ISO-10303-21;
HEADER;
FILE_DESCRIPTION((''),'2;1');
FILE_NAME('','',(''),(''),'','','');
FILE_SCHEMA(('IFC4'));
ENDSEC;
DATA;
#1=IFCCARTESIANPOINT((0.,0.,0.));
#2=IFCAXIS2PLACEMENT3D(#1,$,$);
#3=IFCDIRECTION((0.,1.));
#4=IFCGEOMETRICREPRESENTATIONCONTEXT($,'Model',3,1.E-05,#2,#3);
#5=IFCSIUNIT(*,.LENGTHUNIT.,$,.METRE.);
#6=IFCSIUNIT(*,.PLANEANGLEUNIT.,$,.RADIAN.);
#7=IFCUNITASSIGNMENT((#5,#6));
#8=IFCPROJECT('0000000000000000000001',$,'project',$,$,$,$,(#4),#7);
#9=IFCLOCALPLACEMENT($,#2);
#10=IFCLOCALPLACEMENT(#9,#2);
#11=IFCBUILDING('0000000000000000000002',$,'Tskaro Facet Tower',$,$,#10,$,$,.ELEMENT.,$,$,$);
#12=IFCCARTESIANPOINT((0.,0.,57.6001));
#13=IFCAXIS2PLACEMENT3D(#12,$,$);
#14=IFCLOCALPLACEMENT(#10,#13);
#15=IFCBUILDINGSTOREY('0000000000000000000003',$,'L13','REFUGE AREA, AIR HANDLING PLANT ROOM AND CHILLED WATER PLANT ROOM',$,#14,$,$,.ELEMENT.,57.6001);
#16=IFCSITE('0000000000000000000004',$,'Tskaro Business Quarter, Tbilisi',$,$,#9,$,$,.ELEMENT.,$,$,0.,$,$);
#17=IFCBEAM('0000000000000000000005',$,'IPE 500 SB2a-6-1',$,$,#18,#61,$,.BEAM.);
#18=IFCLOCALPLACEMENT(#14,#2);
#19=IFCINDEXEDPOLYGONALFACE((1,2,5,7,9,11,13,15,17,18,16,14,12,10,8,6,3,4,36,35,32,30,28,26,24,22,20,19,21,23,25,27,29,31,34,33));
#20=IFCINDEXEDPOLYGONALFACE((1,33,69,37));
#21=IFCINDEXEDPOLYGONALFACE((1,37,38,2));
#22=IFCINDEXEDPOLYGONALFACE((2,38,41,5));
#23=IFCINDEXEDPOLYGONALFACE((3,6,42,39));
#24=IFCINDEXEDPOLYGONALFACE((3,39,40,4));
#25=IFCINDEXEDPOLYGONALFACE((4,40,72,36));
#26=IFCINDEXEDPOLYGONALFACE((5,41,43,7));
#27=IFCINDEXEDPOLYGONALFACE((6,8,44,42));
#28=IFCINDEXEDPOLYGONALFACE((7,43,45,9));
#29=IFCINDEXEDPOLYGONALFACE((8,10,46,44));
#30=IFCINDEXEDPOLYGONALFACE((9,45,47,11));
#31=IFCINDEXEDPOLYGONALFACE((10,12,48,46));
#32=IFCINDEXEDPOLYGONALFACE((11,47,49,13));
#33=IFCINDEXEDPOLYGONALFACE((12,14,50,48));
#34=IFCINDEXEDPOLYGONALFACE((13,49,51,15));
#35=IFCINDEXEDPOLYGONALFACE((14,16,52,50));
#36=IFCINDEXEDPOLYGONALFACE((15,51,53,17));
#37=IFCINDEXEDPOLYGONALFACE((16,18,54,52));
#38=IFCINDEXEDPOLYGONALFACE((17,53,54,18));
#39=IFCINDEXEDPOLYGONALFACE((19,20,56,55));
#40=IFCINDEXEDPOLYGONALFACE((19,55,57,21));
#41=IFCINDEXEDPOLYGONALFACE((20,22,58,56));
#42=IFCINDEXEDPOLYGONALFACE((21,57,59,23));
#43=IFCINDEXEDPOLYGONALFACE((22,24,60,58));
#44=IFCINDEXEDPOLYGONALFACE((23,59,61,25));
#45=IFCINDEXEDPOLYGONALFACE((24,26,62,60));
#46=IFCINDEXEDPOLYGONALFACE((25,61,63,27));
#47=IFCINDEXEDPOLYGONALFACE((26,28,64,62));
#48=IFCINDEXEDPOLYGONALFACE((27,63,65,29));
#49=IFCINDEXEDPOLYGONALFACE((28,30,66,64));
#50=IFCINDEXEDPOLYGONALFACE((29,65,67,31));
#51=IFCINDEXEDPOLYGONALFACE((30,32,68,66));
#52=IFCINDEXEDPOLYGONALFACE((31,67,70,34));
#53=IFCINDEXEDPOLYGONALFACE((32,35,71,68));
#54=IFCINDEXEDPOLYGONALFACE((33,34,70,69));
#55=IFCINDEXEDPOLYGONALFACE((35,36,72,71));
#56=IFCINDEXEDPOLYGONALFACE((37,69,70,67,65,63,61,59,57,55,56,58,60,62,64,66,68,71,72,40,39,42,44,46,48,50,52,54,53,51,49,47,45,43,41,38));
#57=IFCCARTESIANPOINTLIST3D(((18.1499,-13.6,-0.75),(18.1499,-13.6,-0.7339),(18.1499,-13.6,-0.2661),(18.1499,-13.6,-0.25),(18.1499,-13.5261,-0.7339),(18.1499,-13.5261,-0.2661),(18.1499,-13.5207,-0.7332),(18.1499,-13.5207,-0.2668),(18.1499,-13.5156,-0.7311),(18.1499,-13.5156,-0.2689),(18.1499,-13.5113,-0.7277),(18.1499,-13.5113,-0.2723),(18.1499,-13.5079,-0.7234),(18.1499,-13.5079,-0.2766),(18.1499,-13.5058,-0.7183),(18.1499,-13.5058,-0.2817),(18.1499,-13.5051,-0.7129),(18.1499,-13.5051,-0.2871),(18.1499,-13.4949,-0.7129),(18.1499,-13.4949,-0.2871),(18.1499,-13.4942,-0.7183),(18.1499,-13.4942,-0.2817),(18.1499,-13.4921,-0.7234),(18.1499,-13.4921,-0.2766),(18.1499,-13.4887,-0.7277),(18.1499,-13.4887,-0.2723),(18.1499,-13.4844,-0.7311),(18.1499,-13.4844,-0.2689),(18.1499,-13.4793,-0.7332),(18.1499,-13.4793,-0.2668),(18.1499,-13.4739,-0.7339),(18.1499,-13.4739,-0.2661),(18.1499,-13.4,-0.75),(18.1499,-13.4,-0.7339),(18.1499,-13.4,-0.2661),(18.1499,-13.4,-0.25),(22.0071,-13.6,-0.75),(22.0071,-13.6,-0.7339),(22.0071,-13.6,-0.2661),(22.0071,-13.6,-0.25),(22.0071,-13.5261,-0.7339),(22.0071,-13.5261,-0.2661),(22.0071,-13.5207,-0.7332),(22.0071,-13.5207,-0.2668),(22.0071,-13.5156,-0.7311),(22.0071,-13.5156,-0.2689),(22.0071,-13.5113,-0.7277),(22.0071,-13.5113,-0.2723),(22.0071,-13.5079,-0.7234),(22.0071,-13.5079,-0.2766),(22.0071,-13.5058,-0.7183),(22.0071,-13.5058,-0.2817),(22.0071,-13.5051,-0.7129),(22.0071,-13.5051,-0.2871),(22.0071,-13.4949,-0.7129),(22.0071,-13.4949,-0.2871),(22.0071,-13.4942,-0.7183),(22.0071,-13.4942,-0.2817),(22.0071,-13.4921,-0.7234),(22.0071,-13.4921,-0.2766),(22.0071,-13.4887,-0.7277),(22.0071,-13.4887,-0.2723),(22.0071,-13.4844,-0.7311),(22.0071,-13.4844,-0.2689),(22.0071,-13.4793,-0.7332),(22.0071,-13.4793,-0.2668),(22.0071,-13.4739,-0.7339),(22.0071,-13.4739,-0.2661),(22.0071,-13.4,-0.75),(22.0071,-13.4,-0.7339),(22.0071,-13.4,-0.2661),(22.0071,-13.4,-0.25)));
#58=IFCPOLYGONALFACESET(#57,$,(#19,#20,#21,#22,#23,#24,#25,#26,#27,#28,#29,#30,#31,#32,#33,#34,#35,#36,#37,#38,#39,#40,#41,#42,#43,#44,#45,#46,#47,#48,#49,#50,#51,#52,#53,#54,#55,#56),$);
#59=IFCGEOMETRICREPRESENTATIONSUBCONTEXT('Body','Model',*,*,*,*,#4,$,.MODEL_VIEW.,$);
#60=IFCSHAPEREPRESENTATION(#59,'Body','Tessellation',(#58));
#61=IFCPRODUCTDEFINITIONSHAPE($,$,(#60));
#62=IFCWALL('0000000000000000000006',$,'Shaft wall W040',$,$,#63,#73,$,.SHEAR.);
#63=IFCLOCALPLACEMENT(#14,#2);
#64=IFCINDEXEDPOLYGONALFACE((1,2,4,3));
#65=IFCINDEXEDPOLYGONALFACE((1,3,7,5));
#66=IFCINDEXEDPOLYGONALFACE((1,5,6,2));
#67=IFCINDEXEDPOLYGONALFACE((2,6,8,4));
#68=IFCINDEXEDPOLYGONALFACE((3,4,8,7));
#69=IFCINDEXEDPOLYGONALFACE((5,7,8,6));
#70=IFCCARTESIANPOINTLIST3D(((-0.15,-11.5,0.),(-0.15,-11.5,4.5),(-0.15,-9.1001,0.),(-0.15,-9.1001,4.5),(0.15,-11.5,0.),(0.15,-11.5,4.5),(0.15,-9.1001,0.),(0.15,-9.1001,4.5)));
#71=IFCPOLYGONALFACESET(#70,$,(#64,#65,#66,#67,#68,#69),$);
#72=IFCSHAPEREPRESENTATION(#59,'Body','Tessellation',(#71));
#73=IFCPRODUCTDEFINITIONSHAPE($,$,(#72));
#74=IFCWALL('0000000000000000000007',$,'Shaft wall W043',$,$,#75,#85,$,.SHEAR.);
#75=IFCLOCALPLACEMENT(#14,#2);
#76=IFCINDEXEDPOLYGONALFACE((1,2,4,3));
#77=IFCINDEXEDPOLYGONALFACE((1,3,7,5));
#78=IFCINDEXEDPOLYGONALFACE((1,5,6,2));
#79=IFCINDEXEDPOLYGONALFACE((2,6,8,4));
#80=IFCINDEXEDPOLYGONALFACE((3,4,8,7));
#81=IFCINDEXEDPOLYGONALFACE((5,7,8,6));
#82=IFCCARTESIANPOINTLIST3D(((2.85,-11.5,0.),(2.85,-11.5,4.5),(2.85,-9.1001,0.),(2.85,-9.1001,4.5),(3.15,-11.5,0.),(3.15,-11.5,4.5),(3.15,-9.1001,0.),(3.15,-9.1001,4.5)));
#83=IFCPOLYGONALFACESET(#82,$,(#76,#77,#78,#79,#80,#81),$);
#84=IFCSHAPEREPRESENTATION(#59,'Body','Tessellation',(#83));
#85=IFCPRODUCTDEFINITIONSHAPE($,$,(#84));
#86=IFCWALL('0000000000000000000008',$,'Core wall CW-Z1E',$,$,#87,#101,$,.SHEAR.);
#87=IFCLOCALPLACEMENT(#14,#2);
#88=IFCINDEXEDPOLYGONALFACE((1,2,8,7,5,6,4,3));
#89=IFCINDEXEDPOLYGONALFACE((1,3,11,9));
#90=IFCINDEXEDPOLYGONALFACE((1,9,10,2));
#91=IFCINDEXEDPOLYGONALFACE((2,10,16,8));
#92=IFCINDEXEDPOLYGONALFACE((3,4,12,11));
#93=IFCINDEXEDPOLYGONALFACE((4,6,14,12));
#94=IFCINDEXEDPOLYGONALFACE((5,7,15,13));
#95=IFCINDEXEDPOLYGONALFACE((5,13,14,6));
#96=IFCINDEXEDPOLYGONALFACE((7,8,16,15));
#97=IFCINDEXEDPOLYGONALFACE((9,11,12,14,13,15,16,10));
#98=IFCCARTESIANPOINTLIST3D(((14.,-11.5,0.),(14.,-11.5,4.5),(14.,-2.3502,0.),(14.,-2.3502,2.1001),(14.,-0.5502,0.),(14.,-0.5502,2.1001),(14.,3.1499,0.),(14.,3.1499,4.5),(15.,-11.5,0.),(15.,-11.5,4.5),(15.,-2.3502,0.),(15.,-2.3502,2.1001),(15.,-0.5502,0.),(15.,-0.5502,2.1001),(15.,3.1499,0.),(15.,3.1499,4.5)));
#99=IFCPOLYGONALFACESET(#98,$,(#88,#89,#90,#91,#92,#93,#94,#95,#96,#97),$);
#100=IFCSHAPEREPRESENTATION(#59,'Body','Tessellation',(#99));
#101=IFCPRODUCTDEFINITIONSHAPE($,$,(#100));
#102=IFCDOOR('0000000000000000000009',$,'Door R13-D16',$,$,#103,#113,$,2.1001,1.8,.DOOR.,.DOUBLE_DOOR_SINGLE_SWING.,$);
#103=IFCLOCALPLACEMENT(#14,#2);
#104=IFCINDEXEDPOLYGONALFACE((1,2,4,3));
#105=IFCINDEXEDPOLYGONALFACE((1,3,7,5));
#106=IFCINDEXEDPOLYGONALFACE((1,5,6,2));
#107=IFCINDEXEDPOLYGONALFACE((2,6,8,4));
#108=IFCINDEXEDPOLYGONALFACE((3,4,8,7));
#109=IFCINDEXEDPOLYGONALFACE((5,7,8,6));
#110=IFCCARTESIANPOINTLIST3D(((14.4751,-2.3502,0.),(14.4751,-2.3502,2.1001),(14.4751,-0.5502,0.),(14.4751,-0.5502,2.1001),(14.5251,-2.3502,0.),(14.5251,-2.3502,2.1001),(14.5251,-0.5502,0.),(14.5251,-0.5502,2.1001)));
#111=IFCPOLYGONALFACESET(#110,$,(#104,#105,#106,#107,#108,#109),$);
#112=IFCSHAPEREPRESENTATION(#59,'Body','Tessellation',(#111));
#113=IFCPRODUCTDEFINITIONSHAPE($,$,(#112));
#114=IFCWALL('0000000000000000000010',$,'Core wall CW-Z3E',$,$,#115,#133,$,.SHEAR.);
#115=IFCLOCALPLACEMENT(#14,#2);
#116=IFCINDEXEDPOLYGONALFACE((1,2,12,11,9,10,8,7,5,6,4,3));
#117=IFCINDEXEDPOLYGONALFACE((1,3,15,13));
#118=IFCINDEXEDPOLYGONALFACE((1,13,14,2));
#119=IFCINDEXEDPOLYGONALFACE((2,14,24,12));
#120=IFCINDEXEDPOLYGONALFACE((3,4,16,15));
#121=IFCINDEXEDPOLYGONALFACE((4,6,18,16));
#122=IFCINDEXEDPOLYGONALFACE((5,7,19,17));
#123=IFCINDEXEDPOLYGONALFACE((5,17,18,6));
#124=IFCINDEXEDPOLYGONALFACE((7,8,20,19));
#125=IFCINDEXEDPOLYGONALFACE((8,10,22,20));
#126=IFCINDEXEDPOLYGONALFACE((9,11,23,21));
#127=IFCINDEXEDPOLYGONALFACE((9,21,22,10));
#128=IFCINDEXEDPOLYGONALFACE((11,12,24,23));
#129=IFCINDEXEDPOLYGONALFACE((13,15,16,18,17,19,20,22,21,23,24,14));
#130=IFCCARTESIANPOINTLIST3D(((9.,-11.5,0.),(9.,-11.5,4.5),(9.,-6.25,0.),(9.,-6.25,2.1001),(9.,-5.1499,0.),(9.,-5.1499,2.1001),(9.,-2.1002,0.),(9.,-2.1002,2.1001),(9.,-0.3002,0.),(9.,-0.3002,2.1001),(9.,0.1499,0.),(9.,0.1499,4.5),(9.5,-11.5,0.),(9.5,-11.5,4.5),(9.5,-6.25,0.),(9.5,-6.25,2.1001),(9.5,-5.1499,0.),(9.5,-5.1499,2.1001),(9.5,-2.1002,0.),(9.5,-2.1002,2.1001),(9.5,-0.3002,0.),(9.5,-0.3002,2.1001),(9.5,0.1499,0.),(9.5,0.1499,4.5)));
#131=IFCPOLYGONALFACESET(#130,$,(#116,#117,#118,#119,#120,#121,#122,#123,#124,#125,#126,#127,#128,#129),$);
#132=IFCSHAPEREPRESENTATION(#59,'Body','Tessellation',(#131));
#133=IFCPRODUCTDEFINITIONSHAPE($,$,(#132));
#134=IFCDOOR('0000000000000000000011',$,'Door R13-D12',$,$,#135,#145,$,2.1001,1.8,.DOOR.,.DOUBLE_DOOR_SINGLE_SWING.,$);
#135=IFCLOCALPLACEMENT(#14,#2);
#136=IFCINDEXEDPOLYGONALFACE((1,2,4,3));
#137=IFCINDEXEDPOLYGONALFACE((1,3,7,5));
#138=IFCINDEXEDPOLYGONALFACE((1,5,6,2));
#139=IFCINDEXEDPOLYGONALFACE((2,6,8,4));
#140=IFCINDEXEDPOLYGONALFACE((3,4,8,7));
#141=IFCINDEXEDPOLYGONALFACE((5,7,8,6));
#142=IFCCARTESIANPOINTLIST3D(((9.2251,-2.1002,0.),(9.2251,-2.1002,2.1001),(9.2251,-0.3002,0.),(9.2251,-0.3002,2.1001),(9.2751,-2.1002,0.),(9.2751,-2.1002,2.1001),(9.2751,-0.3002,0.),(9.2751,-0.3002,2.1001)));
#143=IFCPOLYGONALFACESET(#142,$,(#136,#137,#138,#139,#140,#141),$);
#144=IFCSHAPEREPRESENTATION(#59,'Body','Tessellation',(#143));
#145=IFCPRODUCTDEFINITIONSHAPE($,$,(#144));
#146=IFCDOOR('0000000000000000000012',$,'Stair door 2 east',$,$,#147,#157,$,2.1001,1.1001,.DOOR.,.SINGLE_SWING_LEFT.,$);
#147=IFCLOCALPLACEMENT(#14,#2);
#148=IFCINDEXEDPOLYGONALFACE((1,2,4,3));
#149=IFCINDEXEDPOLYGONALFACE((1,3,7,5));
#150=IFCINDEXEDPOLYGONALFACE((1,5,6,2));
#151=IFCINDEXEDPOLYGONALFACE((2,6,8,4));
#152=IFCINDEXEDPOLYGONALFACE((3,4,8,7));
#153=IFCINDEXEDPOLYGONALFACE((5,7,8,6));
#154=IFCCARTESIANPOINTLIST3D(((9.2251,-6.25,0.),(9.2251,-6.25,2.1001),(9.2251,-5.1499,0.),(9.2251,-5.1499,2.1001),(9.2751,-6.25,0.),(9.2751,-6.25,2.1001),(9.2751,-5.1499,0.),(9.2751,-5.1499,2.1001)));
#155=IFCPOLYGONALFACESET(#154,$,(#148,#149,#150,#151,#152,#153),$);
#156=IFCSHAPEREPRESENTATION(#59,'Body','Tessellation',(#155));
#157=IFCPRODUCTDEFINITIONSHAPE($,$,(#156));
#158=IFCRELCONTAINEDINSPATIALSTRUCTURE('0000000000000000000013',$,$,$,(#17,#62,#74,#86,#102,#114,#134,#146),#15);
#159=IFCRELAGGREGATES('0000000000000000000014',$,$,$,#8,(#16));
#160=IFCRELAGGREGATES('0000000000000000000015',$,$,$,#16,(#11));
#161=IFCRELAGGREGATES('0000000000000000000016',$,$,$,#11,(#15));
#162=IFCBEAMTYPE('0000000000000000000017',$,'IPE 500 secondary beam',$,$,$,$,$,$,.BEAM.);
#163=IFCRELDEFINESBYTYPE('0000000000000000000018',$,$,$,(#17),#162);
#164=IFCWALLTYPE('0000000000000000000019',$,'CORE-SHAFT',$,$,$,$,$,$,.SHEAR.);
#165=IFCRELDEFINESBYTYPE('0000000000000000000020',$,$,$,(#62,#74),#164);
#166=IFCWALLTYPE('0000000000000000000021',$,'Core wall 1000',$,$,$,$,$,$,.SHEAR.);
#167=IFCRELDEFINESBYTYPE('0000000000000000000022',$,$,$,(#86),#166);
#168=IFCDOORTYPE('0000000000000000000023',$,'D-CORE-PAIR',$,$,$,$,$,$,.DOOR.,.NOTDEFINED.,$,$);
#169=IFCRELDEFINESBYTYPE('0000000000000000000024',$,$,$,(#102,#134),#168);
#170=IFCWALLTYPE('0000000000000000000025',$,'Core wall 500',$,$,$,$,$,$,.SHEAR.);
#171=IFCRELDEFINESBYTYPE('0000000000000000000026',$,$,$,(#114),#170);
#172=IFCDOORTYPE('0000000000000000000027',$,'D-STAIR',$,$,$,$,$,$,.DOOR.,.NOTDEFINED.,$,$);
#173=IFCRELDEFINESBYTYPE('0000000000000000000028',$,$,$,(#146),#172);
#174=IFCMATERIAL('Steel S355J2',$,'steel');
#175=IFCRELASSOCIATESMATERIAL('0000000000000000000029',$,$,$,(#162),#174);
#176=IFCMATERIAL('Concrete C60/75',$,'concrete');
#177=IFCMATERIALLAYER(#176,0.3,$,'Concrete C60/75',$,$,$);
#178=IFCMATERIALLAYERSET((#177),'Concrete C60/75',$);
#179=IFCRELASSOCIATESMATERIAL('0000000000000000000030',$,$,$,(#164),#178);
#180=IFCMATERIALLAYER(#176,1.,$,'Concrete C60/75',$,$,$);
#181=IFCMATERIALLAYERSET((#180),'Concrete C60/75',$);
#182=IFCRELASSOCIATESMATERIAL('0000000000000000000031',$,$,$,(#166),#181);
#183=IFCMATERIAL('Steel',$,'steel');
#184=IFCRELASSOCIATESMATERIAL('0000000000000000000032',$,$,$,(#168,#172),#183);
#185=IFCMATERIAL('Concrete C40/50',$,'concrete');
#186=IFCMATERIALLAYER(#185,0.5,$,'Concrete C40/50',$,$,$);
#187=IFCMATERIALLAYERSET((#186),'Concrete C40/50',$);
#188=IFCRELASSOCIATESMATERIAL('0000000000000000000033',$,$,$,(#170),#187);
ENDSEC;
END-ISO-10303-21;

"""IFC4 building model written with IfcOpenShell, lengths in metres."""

from ifc_helpers import new_model, si_unit, direction, frame, frame_2d, origin, origin_2d, place, context, subcontext, project, spatial, rectangle, i_section, extrude, material, layer, layer_set, material_profile, profile_set, type_object, element, fill, save


model = new_model("IFC4")

# Units and contexts
model_context = context("Model", 3, precision=1e-05, world=origin(), true_north=direction((0.0, 1.0)))
body_context = subcontext(model_context, "Body", "Model", "MODEL_VIEW")
ifc_project = project(units=[si_unit("LENGTHUNIT", "METRE"), si_unit("PLANEANGLEUNIT", "RADIAN")], contexts=[model_context])

# Site, building, storey
site_placement = place(None, origin())
site = spatial("IfcSite", under=ifc_project, at=site_placement, Name="Tskaro Business Quarter, Tbilisi", CompositionType="ELEMENT", RefElevation=0.0)
building_placement = place(site_placement, origin())
building = spatial("IfcBuilding", under=site, at=building_placement, Name="Tskaro Facet Tower", CompositionType="ELEMENT")
storey_placement = place(building_placement, frame((0.0, 0.0, 57.6001)))
storey = spatial("IfcBuildingStorey", under=building, at=storey_placement, Name="L13", Description="REFUGE AREA, AIR HANDLING PLANT ROOM AND CHILLED WATER PLANT ROOM", CompositionType="ELEMENT", Elevation=57.6001)

# Beam
ifc_material_1 = material(Name="Steel S355J2", Category="steel")
ifc_material_profile_1 = material_profile(ifc_material_1, i_section(OverallWidth=0.2, OverallDepth=0.5, WebThickness=0.0103, FlangeThickness=0.0161, FilletRadius=0.021, at=origin_2d()), Name="IPE 500")
ifc_profile_set_1 = profile_set([ifc_material_profile_1], Name="Steel S355J2")
beam_type_1 = type_object("IfcBeamType", Name="IPE 500 secondary beam", PredefinedType="BEAM", material=ifc_profile_set_1)
beam_1_placement = place(storey_placement, frame((18.1499, -13.5, -0.5), z_axis=(1.0, 0.0, 0.0), x_axis=(0.0, 1.0, 0.0)))
element("IfcBeam", 1, at=beam_1_placement, inside=storey, type_object=beam_type_1, Name="IPE 500 SB2a-6-1", PredefinedType="BEAM", context=body_context, shape_type="SweptSolid", body=[
    extrude(i_section(OverallWidth=0.2, OverallDepth=0.5, WebThickness=0.0103, FlangeThickness=0.0161, FilletRadius=0.021, at=origin_2d()), origin(), (0.0, 0.0, 1.0), 3.8572),
])

# Walls
ifc_material_2 = material(Name="Concrete C60/75", Category="concrete")
ifc_layer_1 = layer(ifc_material_2, 0.3, Name="Concrete C60/75")
ifc_layer_set_1 = layer_set([ifc_layer_1], Name="Concrete C60/75")
wall_type_1 = type_object("IfcWallType", Name="CORE-SHAFT", PredefinedType="SHEAR", material=ifc_layer_set_1)
for number, where, z_axis, x_axis, name in (
    (2, (0.0, -11.5, 0.0), (0.0, 0.0, 1.0), (0.0, 1.0, 0.0), "Shaft wall W040"),
    (3, (3.0, -11.5, 0.0), (0.0, 0.0, 1.0), (0.0, 1.0, 0.0), "Shaft wall W043"),
):
    element("IfcWall", number, at=place(storey_placement, frame(where, z_axis=z_axis, x_axis=x_axis)), inside=storey, type_object=wall_type_1, Name=name, PredefinedType="SHEAR", context=body_context, shape_type="SweptSolid", body=[
        extrude(rectangle(XDim=2.3999, YDim=0.3, at=frame_2d((1.2, 0.0))), origin(), (0.0, 0.0, 1.0), 4.5),
    ])

# Wall, opening, door
ifc_layer_2 = layer(ifc_material_2, 1.0, Name="Concrete C60/75")
ifc_layer_set_2 = layer_set([ifc_layer_2], Name="Concrete C60/75")
wall_type_2 = type_object("IfcWallType", Name="Core wall 1000", PredefinedType="SHEAR", material=ifc_layer_set_2)
wall_1_placement = place(storey_placement, frame((14.5, -11.5, 0.0), z_axis=(0.0, 0.0, 1.0), x_axis=(0.0, 1.0, 0.0)))
wall_1 = element("IfcWall", 4, at=wall_1_placement, inside=storey, type_object=wall_type_2, Name="Core wall CW-Z1E", PredefinedType="SHEAR", context=body_context, shape_type="SweptSolid", body=[
    extrude(rectangle(XDim=14.6499, YDim=1.0, at=frame_2d((7.325, 0.0))), origin(), (0.0, 0.0, 1.0), 4.5),
])
opening_1_placement = place(wall_1_placement, frame((9.1499, 0.0, 0.0)))
opening_1 = element("IfcOpeningElement", 5, at=opening_1_placement, cuts=wall_1, PredefinedType="OPENING", context=body_context, shape_type="SweptSolid", body=[
    extrude(rectangle(XDim=1.8, YDim=2.1001, at=frame_2d((0.8999, 1.05))), frame((0.0, 0.51, 0.0), z_axis=(0.0, -1.0, 0.0), x_axis=(1.0, 0.0, 0.0)), (0.0, 0.0, 1.0), 1.02),
])
ifc_material_3 = material(Name="Steel", Category="steel")
door_type_1 = type_object("IfcDoorType", Name="D-CORE-PAIR", OperationType="NOTDEFINED", PredefinedType="DOOR", material=ifc_material_3)
door_1_placement = place(opening_1_placement, origin())
door_1 = element("IfcDoor", 6, at=door_1_placement, inside=storey, type_object=door_type_1, Name="Door R13-D16", OperationType="DOUBLE_DOOR_SINGLE_SWING", OverallHeight=2.1001, OverallWidth=1.8, PredefinedType="DOOR", context=body_context, shape_type="SweptSolid", body=[
    extrude(rectangle(XDim=1.8, YDim=2.1001, at=frame_2d((0.8999, 1.05))), frame((0.0, 0.0249, 0.0), z_axis=(0.0, -1.0, 0.0), x_axis=(1.0, 0.0, 0.0)), (0.0, 0.0, 1.0), 0.05),
])
fill(opening_1, door_1)

# Wall, openings, doors
ifc_material_4 = material(Name="Concrete C40/50", Category="concrete")
ifc_layer_3 = layer(ifc_material_4, 0.5, Name="Concrete C40/50")
ifc_layer_set_3 = layer_set([ifc_layer_3], Name="Concrete C40/50")
wall_type_3 = type_object("IfcWallType", Name="Core wall 500", PredefinedType="SHEAR", material=ifc_layer_set_3)
wall_2_placement = place(storey_placement, frame((9.25, -11.5, 0.0), z_axis=(0.0, 0.0, 1.0), x_axis=(0.0, 1.0, 0.0)))
wall_2 = element("IfcWall", 7, at=wall_2_placement, inside=storey, type_object=wall_type_3, Name="Core wall CW-Z3E", PredefinedType="SHEAR", context=body_context, shape_type="SweptSolid", body=[
    extrude(rectangle(XDim=11.6499, YDim=0.5, at=frame_2d((5.825, 0.0))), origin(), (0.0, 0.0, 1.0), 4.5),
])
opening_2_placement = place(wall_2_placement, frame((9.3999, 0.0, 0.0)))
opening_2 = element("IfcOpeningElement", 8, at=opening_2_placement, cuts=wall_2, PredefinedType="OPENING", context=body_context, shape_type="SweptSolid", body=[
    extrude(rectangle(XDim=1.8, YDim=2.1001, at=frame_2d((0.8999, 1.05))), frame((0.0, 0.26, 0.0), z_axis=(0.0, -1.0, 0.0), x_axis=(1.0, 0.0, 0.0)), (0.0, 0.0, 1.0), 0.52),
])
opening_3_placement = place(wall_2_placement, frame((5.25, 0.0, 0.0)))
opening_3 = element("IfcOpeningElement", 9, at=opening_3_placement, cuts=wall_2, PredefinedType="OPENING", context=body_context, shape_type="SweptSolid", body=[
    extrude(rectangle(XDim=1.1001, YDim=2.1001, at=frame_2d((0.55, 1.05))), frame((0.0, 0.26, 0.0), z_axis=(0.0, -1.0, 0.0), x_axis=(1.0, 0.0, 0.0)), (0.0, 0.0, 1.0), 0.52),
])
door_2_placement = place(opening_2_placement, origin())
door_2 = element("IfcDoor", 10, at=door_2_placement, inside=storey, type_object=door_type_1, Name="Door R13-D12", OperationType="DOUBLE_DOOR_SINGLE_SWING", OverallHeight=2.1001, OverallWidth=1.8, PredefinedType="DOOR", context=body_context, shape_type="SweptSolid", body=[
    extrude(rectangle(XDim=1.8, YDim=2.1001, at=frame_2d((0.8999, 1.05))), frame((0.0, 0.0249, 0.0), z_axis=(0.0, -1.0, 0.0), x_axis=(1.0, 0.0, 0.0)), (0.0, 0.0, 1.0), 0.05),
])
fill(opening_2, door_2)
door_type_2 = type_object("IfcDoorType", Name="D-STAIR", OperationType="NOTDEFINED", PredefinedType="DOOR", material=ifc_material_3)
door_3_placement = place(opening_3_placement, origin())
door_3 = element("IfcDoor", 11, at=door_3_placement, inside=storey, type_object=door_type_2, Name="Stair door 2 east", OperationType="SINGLE_SWING_LEFT", OverallHeight=2.1001, OverallWidth=1.1001, PredefinedType="DOOR", context=body_context, shape_type="SweptSolid", body=[
    extrude(rectangle(XDim=1.1001, YDim=2.1001, at=frame_2d((0.55, 1.05))), frame((0.0, 0.0249, 0.0), z_axis=(0.0, -1.0, 0.0), x_axis=(1.0, 0.0, 0.0)), (0.0, 0.0, 1.0), 0.05),
])
fill(opening_3, door_3)

save(model, "model.ifc")
